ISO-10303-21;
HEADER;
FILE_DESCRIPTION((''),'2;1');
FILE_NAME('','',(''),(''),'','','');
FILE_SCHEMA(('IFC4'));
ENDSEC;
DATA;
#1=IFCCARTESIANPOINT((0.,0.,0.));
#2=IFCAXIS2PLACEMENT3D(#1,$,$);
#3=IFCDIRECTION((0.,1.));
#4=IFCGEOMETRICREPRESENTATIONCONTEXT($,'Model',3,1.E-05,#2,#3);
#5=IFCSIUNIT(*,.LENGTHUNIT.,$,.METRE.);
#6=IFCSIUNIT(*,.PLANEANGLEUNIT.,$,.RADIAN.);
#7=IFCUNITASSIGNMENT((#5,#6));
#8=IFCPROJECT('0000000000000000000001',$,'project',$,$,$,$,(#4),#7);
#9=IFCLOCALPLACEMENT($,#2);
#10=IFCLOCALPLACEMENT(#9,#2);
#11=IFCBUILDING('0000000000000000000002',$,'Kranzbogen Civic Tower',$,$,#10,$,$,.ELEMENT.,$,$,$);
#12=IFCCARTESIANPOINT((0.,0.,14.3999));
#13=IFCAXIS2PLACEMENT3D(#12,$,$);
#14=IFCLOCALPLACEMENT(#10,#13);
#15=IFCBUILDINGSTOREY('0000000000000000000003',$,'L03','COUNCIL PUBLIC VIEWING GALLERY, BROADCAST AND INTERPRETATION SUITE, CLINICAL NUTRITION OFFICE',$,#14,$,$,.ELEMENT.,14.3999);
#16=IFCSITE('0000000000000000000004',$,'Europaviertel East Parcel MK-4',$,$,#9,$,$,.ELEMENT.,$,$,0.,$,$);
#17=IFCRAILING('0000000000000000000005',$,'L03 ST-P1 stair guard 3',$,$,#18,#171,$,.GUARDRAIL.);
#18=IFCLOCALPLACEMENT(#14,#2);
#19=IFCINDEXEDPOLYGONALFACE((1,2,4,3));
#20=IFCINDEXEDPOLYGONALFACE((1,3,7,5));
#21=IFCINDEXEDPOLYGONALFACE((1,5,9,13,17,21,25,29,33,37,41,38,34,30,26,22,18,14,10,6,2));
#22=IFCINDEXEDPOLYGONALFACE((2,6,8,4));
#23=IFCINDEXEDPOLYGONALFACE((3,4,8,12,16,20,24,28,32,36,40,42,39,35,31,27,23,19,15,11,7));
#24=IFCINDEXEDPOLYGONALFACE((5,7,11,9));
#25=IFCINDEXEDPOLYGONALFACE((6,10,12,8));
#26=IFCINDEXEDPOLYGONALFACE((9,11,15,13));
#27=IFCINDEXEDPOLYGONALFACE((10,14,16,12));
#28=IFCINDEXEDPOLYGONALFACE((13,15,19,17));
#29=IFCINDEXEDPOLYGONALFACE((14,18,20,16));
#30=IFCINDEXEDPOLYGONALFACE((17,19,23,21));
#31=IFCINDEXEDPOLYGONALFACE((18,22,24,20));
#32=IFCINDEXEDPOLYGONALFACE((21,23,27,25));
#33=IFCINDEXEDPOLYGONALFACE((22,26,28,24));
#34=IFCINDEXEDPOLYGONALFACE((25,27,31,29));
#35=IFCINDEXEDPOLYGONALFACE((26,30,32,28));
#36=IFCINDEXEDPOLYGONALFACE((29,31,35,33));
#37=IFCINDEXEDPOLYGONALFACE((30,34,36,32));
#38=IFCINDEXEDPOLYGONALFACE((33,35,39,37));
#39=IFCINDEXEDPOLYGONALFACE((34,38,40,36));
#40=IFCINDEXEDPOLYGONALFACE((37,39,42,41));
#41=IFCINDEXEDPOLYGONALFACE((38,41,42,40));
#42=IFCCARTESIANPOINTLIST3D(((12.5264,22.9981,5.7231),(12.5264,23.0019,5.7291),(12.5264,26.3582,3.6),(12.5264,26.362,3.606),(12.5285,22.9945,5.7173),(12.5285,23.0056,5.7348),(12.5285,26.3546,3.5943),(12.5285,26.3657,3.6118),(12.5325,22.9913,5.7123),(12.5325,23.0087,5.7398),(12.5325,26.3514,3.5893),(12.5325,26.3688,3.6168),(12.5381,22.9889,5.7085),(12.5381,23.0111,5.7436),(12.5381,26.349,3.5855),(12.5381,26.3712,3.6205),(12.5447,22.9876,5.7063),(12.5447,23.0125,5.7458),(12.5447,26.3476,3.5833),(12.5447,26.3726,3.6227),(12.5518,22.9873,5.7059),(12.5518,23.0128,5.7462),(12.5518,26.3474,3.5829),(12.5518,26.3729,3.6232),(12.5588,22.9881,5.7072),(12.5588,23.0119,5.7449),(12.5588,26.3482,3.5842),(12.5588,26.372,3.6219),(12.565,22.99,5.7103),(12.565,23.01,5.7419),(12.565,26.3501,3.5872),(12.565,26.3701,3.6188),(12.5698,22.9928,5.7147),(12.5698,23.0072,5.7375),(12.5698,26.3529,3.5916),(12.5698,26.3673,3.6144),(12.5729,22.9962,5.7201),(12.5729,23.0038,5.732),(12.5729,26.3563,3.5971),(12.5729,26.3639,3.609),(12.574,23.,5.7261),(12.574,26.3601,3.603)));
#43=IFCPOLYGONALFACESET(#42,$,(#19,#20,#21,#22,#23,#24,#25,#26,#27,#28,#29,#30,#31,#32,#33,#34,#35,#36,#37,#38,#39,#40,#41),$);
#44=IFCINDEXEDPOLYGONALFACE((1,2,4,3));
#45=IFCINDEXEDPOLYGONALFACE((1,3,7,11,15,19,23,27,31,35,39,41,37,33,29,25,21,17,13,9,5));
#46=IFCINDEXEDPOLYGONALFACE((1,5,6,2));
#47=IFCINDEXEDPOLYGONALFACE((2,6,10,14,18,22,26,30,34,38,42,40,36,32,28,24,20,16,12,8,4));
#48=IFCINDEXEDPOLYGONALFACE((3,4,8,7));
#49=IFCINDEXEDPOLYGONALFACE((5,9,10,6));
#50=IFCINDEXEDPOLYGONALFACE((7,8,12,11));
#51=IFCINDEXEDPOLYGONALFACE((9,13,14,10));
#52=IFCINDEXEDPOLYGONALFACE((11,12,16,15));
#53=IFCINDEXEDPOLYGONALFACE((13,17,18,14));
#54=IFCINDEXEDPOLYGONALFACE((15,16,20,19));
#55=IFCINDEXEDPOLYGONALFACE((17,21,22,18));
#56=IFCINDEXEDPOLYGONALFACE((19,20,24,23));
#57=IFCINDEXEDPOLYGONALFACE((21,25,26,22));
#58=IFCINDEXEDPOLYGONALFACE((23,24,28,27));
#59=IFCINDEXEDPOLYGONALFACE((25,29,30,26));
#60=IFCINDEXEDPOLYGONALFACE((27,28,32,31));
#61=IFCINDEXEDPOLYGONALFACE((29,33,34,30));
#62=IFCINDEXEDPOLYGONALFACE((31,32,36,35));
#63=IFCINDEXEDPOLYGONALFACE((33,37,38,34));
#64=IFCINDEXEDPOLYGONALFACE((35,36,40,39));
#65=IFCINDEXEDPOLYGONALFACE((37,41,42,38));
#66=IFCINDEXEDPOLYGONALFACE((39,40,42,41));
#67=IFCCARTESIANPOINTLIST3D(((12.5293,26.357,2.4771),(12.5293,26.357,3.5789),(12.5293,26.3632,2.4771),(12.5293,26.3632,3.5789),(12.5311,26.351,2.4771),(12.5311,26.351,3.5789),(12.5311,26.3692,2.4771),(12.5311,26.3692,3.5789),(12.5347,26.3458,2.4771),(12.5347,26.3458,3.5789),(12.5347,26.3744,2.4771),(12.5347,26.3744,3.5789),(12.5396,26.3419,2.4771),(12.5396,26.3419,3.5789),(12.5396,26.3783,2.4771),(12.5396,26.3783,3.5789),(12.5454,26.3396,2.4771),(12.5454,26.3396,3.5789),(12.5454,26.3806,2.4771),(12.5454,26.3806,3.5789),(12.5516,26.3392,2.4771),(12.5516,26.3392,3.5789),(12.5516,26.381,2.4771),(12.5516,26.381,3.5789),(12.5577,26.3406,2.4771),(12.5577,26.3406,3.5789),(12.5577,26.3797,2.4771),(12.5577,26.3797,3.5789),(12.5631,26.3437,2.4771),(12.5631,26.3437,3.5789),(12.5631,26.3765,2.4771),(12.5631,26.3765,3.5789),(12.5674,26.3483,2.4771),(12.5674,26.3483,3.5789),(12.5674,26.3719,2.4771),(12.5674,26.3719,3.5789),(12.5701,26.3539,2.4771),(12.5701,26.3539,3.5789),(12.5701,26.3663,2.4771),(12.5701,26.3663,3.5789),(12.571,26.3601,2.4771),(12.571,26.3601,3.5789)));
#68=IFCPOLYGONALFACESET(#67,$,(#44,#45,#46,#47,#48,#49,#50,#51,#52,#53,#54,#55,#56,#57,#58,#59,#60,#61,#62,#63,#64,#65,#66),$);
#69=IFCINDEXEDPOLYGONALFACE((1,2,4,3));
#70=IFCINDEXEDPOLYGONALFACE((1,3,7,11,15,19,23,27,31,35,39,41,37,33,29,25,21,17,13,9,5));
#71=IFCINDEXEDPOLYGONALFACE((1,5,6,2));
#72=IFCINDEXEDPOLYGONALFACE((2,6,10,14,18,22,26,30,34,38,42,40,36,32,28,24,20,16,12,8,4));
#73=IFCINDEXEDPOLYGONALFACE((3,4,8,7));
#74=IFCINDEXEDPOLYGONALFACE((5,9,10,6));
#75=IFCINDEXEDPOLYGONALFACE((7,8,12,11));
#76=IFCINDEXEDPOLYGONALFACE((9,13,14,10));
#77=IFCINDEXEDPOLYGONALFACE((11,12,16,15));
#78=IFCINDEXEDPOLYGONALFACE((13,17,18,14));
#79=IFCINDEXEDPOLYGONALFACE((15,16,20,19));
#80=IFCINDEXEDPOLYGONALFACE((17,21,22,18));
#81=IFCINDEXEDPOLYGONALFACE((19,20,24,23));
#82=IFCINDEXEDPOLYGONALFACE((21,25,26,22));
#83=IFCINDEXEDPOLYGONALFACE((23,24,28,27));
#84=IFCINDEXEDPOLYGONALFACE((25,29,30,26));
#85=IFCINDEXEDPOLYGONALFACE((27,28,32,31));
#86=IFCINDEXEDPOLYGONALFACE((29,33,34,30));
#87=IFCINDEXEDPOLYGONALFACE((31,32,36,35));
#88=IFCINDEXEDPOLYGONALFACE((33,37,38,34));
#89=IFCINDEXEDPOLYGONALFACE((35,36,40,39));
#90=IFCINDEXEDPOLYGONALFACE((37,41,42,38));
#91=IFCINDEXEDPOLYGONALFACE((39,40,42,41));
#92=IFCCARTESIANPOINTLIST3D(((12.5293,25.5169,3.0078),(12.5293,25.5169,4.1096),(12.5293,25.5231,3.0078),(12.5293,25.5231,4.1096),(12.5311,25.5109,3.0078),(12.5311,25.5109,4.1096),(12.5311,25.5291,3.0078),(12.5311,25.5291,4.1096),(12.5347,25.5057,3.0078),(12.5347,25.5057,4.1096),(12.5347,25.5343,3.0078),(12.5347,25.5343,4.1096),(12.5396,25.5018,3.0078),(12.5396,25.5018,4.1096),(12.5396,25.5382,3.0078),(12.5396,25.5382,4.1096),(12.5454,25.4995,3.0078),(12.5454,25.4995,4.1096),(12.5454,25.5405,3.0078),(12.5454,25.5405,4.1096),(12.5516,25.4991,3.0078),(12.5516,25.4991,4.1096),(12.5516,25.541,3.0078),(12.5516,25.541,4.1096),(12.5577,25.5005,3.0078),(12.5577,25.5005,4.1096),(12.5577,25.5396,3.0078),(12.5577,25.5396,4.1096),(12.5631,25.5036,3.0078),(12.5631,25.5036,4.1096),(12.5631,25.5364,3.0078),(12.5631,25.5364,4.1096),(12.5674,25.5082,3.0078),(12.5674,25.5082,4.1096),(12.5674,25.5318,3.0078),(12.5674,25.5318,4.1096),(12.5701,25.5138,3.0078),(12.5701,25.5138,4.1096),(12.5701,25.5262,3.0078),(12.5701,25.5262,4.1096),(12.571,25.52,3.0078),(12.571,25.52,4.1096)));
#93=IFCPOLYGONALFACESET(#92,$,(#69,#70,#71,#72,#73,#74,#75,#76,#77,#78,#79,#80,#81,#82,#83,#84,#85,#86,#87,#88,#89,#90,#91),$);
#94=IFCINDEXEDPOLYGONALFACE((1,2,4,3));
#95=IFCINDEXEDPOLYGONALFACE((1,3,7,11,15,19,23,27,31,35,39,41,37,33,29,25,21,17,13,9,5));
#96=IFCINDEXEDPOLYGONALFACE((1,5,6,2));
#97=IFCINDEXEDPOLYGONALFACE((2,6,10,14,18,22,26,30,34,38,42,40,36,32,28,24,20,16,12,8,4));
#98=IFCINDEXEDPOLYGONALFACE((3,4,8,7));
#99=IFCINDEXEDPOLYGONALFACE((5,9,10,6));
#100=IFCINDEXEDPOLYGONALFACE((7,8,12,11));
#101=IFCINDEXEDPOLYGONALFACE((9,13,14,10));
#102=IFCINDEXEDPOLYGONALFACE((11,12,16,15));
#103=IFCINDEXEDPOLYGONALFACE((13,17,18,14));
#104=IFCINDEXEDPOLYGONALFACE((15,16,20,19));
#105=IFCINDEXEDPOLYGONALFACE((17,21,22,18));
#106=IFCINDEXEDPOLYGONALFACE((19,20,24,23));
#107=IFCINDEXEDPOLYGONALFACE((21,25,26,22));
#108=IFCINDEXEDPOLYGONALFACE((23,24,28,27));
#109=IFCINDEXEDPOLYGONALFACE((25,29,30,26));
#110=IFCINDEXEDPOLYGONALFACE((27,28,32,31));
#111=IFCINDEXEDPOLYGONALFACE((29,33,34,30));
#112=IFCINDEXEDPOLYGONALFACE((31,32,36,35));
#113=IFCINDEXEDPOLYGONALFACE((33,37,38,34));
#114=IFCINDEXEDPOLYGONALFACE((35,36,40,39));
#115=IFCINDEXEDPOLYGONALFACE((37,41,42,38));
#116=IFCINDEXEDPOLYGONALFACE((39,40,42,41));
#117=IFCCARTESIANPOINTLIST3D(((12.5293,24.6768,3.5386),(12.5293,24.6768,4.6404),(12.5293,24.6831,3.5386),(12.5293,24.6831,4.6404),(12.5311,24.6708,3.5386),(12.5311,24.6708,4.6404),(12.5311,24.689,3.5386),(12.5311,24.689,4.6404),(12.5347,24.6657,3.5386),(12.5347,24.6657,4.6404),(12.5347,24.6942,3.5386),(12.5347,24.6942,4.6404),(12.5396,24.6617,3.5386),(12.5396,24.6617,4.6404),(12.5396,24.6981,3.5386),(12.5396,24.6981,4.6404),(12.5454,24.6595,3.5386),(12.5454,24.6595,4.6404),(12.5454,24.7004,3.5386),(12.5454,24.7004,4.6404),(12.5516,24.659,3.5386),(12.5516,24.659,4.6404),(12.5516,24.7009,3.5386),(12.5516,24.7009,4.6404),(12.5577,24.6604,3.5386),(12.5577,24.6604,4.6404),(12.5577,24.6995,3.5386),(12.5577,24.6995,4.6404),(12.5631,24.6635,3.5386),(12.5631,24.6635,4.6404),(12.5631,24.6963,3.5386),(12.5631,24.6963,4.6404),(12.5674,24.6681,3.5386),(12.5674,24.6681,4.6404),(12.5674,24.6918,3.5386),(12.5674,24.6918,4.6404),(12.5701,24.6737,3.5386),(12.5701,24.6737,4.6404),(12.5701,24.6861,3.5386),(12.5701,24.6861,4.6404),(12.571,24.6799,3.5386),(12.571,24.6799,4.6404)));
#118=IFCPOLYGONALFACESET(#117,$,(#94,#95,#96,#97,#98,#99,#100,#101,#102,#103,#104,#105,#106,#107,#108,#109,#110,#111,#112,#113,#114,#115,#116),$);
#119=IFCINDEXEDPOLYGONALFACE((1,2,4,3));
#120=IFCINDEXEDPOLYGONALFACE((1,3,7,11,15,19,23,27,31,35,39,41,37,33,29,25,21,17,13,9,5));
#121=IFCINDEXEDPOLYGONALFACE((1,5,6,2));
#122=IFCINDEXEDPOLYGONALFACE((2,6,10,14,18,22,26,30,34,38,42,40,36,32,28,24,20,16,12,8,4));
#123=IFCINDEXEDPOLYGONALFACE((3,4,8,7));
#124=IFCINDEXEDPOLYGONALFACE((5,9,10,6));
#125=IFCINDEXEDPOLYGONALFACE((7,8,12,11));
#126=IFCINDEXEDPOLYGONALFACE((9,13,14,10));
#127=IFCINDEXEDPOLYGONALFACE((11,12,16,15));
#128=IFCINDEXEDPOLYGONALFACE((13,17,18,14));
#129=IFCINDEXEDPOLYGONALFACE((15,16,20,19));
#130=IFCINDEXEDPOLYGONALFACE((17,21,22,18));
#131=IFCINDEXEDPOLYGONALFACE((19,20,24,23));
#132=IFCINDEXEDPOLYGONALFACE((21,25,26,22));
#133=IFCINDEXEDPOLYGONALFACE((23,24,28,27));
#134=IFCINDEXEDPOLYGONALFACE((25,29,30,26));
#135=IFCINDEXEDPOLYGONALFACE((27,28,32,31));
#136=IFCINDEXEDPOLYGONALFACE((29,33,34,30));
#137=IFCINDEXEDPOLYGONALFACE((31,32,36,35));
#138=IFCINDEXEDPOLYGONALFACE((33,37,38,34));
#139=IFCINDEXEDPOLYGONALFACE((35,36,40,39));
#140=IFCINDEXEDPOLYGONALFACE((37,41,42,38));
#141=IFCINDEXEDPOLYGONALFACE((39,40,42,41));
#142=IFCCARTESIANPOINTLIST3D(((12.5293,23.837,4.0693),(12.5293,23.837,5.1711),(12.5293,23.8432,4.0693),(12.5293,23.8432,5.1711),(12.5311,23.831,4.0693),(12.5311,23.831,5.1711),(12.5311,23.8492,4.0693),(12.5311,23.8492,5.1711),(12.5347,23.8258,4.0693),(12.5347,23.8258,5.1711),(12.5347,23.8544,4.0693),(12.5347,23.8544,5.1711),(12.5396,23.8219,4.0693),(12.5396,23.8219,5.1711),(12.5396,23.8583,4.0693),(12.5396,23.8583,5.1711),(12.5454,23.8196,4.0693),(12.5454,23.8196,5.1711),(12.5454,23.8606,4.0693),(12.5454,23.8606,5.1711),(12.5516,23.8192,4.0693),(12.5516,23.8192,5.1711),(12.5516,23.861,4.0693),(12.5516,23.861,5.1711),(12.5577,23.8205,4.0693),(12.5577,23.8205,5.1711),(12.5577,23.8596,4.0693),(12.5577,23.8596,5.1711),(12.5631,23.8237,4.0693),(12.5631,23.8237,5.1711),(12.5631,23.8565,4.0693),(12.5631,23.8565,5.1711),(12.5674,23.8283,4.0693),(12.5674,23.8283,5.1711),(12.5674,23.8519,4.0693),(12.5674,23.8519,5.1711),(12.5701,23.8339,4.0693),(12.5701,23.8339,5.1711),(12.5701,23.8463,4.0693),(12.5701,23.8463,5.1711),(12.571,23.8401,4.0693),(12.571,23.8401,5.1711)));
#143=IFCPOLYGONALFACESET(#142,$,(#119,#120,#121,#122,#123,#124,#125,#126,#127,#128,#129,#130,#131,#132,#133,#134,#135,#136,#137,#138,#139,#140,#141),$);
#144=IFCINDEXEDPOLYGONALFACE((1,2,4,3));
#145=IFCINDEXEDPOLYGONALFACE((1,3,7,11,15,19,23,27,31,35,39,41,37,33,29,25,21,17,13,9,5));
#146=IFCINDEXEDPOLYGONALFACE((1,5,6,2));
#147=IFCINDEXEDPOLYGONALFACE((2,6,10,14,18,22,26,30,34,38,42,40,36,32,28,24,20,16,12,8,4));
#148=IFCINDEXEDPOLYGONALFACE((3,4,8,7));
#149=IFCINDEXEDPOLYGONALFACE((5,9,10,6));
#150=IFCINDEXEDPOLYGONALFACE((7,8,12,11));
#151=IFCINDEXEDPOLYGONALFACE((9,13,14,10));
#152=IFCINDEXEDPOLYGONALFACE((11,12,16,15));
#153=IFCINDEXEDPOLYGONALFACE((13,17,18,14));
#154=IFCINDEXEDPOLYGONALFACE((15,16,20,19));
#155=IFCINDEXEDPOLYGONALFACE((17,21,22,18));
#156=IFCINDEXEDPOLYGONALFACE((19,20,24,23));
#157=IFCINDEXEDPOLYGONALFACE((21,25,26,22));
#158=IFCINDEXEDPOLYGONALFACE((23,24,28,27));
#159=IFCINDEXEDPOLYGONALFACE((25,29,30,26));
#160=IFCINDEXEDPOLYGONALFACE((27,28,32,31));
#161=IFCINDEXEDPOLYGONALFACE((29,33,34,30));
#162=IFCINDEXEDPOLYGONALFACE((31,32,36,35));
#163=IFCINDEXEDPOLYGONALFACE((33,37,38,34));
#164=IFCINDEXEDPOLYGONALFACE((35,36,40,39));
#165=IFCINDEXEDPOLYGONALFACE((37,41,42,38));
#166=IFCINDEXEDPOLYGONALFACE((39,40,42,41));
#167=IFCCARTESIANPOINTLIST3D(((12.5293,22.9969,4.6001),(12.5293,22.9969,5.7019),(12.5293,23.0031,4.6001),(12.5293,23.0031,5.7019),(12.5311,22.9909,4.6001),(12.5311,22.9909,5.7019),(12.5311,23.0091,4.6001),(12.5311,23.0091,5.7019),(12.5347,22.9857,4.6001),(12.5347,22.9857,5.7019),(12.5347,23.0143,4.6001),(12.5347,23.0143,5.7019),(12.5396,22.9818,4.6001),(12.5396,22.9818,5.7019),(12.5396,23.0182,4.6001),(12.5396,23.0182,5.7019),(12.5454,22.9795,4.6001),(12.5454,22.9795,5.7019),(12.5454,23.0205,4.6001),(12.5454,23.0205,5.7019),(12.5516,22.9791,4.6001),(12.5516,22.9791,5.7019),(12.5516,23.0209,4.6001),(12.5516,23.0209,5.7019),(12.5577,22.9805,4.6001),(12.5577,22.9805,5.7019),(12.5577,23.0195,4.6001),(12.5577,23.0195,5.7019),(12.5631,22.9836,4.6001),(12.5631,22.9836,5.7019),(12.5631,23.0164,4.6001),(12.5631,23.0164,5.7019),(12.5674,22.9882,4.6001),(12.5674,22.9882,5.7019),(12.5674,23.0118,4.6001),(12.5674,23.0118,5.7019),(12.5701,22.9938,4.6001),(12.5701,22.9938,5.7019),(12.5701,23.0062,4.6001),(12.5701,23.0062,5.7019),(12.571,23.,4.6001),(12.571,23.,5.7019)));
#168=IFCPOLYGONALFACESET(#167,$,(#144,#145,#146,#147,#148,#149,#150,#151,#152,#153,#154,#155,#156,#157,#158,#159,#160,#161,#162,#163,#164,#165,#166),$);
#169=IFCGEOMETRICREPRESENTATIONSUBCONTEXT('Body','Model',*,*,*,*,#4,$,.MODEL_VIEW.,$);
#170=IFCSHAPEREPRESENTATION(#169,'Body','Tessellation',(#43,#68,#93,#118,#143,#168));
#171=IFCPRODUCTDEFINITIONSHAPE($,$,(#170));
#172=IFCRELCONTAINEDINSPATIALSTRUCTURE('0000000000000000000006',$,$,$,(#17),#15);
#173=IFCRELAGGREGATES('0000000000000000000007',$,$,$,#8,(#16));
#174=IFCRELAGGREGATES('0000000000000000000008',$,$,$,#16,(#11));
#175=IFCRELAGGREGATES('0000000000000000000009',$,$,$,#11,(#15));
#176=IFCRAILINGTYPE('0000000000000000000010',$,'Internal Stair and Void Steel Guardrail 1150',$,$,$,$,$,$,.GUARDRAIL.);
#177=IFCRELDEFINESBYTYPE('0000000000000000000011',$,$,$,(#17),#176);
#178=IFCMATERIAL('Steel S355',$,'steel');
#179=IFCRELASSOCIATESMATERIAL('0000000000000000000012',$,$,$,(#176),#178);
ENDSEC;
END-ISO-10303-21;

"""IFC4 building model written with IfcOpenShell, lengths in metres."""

from ifc_helpers import new_model, si_unit, direction, frame, origin, origin_2d, place, context, subcontext, project, spatial, circle, extrude, material, type_object, element, save


model = new_model("IFC4")

# Units and contexts
model_context = context("Model", 3, precision=1e-05, world=origin(), true_north=direction((0.0, 1.0)))
body_context = subcontext(model_context, "Body", "Model", "MODEL_VIEW")
ifc_project = project(units=[si_unit("LENGTHUNIT", "METRE"), si_unit("PLANEANGLEUNIT", "RADIAN")], contexts=[model_context])

# Site, building, storey
site_placement = place(None, origin())
site = spatial("IfcSite", under=ifc_project, at=site_placement, Name="Europaviertel East Parcel MK-4", CompositionType="ELEMENT", RefElevation=0.0)
building_placement = place(site_placement, origin())
building = spatial("IfcBuilding", under=site, at=building_placement, Name="Kranzbogen Civic Tower", CompositionType="ELEMENT")
storey_placement = place(building_placement, frame((0.0, 0.0, 14.3999)))
storey = spatial("IfcBuildingStorey", under=building, at=storey_placement, Name="L03", Description="COUNCIL PUBLIC VIEWING GALLERY, BROADCAST AND INTERPRETATION SUITE, CLINICAL NUTRITION OFFICE", CompositionType="ELEMENT", Elevation=14.3999)

# Shared definitions
ifc_material_1 = material(Name="Steel S355", Category="steel")

# Railing
railing_type_1 = type_object("IfcRailingType", Name="Internal Stair and Void Steel Guardrail 1150", PredefinedType="GUARDRAIL", material=ifc_material_1)
railing_1_placement = place(storey_placement, frame((12.55, 26.3601, 2.4771)))
element("IfcRailing", 1, at=railing_1_placement, inside=storey, type_object=railing_type_1, Name="L03 ST-P1 stair guard 3", PredefinedType="GUARDRAIL", context=body_context, shape_type="SweptSolid", body=[
    extrude(circle(Radius=0.0239, at=origin_2d()), frame((0.0, 0.0, 1.126), z_axis=(0.0, -0.84539, 0.53415), x_axis=(1.0, 0.0, 0.0)), (0.0, 0.0, 1.0), 3.9746),
    extrude(circle(Radius=0.021, at=origin_2d()), origin(), (0.0, 0.0, 1.0), 1.1018),
    extrude(circle(Radius=0.021, at=origin_2d()), frame((0.0, -0.8401, 0.5308)), (0.0, 0.0, 1.0), 1.1018),
    extrude(circle(Radius=0.021, at=origin_2d()), frame((0.0, -1.6802, 1.0615)), (0.0, 0.0, 1.0), 1.1018),
    extrude(circle(Radius=0.021, at=origin_2d()), frame((0.0, -2.52, 1.5923)), (0.0, 0.0, 1.0), 1.1018),
    extrude(circle(Radius=0.021, at=origin_2d()), frame((0.0, -3.3601, 2.123)), (0.0, 0.0, 1.0), 1.1018),
])

save(model, "model.ifc")
